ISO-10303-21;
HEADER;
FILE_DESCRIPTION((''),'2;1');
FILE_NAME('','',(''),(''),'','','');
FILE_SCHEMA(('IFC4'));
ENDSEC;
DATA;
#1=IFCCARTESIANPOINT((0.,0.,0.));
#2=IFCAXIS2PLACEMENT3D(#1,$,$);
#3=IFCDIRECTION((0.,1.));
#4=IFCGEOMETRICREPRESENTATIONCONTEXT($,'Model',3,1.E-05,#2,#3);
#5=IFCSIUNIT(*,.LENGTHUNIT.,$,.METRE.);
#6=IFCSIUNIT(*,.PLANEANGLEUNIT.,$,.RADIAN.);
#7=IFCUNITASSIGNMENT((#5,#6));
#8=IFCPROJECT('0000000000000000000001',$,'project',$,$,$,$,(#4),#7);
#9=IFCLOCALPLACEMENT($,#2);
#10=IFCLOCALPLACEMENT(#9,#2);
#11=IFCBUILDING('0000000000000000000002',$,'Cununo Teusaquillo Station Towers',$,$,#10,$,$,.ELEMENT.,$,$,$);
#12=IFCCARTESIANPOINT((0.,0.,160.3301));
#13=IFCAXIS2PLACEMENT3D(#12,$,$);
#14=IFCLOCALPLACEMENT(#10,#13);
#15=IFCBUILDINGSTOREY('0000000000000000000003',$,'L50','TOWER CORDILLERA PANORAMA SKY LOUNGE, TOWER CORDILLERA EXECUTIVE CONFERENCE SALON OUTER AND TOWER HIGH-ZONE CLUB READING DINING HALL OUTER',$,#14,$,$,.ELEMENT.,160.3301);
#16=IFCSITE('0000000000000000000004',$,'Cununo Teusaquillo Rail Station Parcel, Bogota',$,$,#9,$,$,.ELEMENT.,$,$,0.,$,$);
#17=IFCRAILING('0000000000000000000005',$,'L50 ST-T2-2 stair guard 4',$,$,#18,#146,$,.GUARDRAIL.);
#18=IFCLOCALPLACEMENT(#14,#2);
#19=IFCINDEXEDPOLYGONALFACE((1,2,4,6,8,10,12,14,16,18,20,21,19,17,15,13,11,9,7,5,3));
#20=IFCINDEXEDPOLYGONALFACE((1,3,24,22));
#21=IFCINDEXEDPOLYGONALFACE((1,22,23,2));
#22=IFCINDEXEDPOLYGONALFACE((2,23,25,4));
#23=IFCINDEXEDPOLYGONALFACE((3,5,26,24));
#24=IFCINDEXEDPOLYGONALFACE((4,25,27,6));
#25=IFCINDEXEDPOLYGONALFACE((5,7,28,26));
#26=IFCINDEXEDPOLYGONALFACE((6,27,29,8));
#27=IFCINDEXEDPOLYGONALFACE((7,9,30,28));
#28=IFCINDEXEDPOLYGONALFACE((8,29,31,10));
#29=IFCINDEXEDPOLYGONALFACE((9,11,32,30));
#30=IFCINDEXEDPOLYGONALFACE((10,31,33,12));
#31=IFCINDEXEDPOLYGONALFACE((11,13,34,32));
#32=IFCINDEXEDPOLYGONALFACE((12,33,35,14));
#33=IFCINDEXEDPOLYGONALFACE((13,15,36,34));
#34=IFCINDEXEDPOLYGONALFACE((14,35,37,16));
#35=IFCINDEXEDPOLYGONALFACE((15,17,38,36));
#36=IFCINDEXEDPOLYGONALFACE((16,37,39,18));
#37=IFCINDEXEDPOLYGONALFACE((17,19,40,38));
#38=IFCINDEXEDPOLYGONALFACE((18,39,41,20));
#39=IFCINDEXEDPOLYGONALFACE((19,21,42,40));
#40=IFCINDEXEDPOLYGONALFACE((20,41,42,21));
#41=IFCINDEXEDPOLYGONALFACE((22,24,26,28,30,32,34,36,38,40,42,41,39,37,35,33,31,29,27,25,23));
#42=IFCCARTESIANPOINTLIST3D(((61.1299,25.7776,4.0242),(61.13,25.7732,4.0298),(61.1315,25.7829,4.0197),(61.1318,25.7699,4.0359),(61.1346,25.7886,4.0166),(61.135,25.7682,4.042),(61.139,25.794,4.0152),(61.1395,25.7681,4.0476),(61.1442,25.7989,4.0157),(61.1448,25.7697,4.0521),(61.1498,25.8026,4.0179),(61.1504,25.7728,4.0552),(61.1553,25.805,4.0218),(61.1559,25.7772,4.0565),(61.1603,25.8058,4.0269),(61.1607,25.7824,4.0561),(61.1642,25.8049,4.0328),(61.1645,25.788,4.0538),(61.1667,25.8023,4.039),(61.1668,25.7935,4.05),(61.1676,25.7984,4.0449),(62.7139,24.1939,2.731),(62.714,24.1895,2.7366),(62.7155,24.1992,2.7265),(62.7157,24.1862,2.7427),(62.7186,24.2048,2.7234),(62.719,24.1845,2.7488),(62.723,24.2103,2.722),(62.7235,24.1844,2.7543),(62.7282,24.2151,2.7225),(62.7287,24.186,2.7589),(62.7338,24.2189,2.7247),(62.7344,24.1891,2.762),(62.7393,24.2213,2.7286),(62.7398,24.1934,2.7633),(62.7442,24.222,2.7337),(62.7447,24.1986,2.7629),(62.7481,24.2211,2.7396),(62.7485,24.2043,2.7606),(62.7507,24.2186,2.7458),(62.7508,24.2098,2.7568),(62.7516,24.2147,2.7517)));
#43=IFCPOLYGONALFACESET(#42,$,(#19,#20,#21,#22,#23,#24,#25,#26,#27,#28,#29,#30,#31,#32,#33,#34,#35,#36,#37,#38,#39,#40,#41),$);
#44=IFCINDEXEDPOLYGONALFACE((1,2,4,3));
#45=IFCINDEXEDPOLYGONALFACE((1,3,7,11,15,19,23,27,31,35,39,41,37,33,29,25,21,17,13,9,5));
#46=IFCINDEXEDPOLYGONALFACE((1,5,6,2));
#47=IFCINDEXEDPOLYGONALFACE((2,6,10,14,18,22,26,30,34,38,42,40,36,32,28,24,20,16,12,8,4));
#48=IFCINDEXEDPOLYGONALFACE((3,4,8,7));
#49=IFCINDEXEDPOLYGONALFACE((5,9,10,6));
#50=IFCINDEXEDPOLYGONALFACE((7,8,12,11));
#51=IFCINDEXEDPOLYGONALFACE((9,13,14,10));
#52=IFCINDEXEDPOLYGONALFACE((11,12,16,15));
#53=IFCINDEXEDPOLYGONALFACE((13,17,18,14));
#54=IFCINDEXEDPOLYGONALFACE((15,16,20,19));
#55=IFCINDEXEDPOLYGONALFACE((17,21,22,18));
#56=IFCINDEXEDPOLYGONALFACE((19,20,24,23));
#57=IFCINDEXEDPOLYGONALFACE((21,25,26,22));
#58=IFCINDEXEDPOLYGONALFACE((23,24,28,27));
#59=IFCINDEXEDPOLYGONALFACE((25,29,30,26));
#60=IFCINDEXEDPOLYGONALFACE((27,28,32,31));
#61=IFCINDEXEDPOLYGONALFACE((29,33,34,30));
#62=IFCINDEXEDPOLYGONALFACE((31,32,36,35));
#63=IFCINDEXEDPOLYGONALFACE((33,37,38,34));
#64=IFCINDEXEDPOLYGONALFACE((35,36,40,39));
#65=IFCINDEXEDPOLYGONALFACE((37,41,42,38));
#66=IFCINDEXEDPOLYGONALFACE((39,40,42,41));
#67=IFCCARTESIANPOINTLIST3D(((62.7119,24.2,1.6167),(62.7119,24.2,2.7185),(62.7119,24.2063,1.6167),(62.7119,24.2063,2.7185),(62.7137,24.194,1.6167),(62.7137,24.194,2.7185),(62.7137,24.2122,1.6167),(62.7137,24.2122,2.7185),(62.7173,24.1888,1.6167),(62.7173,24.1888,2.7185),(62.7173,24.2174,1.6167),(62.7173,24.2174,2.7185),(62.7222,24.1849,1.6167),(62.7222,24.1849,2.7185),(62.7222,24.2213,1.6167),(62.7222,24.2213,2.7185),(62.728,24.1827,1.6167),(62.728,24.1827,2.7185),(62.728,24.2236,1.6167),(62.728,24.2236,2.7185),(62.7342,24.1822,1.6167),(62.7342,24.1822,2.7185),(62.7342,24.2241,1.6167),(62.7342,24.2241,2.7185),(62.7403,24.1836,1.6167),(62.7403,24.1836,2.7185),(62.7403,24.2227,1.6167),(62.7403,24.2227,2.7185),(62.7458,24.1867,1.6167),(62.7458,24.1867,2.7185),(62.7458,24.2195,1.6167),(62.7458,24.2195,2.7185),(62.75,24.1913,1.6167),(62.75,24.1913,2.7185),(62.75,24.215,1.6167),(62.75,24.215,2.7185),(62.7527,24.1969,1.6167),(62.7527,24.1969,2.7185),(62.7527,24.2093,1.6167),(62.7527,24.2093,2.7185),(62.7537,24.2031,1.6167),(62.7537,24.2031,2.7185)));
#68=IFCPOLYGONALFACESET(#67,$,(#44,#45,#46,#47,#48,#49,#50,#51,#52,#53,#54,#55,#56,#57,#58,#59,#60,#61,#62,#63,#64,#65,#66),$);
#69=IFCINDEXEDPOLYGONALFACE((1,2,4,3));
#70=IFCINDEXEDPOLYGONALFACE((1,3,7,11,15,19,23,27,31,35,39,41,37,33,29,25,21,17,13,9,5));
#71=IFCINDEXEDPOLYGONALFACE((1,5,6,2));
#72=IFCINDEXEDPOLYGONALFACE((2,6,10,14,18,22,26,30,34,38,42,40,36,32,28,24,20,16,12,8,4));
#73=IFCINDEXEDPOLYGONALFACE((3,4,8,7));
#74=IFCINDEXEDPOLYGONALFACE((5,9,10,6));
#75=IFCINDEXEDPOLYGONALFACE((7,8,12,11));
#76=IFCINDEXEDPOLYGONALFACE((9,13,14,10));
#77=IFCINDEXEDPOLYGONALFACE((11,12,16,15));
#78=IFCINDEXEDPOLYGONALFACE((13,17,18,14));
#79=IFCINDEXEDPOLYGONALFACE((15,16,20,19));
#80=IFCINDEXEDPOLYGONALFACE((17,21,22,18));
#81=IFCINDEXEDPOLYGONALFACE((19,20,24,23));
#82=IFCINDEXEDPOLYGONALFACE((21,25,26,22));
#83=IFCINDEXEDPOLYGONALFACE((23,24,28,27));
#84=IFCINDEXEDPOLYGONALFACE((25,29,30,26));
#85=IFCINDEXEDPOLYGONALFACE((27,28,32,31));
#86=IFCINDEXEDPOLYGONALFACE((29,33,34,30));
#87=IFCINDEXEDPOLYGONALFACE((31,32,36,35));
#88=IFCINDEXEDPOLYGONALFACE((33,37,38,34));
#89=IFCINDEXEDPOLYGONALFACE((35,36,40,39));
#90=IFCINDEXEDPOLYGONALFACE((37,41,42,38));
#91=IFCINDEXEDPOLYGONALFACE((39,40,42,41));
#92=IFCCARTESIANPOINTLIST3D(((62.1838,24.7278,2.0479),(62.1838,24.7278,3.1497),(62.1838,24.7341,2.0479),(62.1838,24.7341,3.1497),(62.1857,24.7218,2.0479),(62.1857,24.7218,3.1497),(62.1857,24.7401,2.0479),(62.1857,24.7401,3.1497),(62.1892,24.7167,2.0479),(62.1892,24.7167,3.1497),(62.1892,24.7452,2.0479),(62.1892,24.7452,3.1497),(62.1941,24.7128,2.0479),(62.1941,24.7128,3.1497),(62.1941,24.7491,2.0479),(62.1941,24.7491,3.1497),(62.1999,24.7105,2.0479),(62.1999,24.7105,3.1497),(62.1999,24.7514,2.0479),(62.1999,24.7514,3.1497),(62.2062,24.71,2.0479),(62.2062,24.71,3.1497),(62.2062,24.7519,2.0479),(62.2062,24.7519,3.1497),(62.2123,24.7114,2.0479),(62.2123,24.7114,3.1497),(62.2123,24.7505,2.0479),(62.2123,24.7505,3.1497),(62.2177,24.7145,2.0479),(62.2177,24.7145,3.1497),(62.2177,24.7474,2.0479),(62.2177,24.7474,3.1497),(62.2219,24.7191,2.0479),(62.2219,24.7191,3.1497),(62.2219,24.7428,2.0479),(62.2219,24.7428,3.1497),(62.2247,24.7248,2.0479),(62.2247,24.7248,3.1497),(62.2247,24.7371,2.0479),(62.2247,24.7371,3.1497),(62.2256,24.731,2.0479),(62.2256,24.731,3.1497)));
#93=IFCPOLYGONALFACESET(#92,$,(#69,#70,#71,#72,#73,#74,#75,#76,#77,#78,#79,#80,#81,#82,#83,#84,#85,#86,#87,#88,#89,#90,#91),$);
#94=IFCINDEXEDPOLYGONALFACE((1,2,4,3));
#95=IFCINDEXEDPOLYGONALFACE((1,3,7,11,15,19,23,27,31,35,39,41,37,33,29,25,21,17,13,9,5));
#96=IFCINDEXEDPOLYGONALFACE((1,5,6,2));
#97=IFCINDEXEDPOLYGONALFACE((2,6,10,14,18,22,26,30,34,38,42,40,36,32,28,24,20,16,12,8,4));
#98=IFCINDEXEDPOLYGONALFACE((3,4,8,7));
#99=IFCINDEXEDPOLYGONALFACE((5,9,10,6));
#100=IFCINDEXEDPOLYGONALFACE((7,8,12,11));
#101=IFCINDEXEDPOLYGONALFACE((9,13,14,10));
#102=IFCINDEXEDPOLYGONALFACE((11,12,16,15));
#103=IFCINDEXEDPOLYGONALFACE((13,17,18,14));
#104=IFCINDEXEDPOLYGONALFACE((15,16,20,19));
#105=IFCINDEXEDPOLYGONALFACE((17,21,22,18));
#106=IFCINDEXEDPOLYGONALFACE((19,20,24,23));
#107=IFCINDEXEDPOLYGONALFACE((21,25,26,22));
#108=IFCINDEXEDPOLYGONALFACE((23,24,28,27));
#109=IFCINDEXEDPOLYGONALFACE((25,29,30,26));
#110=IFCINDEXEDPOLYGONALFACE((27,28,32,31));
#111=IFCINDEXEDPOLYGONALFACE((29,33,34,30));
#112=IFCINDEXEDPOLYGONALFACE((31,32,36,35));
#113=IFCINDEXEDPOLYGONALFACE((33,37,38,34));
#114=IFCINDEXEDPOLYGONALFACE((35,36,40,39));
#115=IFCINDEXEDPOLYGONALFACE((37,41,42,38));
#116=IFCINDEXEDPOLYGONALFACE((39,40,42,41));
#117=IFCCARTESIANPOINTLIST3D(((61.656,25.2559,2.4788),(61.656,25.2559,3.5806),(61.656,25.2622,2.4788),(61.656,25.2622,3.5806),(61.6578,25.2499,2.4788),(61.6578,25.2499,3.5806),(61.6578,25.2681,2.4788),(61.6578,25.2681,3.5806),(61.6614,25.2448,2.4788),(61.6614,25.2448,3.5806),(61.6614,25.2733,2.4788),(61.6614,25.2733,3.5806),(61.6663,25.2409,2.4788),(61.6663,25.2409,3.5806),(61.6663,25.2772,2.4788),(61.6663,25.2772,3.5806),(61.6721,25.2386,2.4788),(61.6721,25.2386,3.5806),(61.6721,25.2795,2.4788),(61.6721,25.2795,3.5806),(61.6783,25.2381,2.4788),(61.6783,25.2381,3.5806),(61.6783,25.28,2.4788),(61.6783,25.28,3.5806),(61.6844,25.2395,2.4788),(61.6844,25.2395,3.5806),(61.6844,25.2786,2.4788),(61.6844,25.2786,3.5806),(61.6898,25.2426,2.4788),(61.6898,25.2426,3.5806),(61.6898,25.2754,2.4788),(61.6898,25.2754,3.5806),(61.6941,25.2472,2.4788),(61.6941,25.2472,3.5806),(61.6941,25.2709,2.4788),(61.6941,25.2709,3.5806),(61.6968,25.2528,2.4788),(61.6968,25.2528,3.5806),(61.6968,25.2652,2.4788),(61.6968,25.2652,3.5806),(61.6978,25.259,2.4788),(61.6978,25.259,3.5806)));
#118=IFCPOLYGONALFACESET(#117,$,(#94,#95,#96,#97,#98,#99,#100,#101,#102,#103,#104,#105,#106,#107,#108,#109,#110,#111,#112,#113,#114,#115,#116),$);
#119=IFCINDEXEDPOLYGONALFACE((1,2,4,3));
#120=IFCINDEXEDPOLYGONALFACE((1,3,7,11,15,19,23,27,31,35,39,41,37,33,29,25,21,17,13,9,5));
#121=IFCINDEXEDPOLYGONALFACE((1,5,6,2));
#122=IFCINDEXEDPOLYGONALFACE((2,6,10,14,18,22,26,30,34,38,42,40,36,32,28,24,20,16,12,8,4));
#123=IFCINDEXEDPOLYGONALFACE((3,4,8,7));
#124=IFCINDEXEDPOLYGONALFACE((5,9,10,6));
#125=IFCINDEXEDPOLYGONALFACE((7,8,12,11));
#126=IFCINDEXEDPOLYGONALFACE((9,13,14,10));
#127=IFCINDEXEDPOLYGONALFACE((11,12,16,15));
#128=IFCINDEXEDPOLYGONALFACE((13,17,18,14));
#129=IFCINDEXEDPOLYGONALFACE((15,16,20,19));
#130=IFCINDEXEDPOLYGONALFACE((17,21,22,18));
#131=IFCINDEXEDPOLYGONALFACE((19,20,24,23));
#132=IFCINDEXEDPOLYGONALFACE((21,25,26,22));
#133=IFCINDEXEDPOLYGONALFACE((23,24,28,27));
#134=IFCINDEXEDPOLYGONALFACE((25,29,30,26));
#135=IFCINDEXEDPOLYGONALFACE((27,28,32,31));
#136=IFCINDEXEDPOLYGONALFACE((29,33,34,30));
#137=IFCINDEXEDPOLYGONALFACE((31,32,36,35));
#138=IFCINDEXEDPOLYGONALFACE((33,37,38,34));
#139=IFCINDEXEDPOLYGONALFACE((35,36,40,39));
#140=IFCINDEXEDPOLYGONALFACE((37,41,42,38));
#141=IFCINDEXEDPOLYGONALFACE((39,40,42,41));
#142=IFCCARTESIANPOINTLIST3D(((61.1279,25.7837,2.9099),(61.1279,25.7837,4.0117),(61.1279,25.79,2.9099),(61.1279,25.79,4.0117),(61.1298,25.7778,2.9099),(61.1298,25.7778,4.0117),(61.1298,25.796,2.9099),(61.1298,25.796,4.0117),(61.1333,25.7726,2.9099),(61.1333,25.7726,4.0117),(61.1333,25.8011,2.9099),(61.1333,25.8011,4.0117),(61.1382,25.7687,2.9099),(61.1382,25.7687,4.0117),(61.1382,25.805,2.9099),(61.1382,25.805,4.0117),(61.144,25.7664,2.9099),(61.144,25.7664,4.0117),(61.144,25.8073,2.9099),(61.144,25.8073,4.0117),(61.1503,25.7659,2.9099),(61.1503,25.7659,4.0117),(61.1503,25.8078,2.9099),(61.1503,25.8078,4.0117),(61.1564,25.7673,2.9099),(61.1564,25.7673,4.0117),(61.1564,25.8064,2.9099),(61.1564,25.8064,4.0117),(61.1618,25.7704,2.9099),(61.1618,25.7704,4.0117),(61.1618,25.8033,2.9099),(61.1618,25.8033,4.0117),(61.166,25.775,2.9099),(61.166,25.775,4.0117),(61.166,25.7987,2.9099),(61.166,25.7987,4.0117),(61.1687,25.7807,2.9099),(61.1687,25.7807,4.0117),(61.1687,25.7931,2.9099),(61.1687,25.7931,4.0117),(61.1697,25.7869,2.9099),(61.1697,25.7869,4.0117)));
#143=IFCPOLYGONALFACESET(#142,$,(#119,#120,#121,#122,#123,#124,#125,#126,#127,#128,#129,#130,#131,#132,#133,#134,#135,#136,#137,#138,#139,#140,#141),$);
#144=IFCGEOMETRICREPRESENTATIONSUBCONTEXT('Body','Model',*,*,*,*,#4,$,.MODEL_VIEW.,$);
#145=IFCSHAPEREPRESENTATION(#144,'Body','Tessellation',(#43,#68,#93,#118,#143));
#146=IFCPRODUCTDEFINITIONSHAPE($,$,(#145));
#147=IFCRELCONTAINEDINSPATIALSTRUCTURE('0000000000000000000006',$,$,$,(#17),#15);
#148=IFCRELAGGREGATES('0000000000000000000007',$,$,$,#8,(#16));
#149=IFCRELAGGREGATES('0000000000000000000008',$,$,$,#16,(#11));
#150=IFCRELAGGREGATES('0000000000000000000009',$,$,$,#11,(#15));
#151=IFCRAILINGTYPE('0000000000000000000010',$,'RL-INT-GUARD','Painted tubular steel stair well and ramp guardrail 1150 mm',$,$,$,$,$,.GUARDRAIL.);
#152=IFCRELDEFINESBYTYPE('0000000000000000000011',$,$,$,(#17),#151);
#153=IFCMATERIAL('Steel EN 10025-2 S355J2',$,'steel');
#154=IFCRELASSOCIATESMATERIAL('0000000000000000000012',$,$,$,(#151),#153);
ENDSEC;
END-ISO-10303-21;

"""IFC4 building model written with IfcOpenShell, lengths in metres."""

from ifc_helpers import new_model, si_unit, direction, frame, origin, origin_2d, place, context, subcontext, project, spatial, circle, extrude, material, type_object, element, save


model = new_model("IFC4")

# Units and contexts
model_context = context("Model", 3, precision=1e-05, world=origin(), true_north=direction((0.0, 1.0)))
body_context = subcontext(model_context, "Body", "Model", "MODEL_VIEW")
ifc_project = project(units=[si_unit("LENGTHUNIT", "METRE"), si_unit("PLANEANGLEUNIT", "RADIAN")], contexts=[model_context])

# Site, building, storey
site_placement = place(None, origin())
site = spatial("IfcSite", under=ifc_project, at=site_placement, Name="Cununo Teusaquillo Rail Station Parcel, Bogota", CompositionType="ELEMENT", RefElevation=0.0)
building_placement = place(site_placement, origin())
building = spatial("IfcBuilding", under=site, at=building_placement, Name="Cununo Teusaquillo Station Towers", CompositionType="ELEMENT")
storey_placement = place(building_placement, frame((0.0, 0.0, 160.3301)))
storey = spatial("IfcBuildingStorey", under=building, at=storey_placement, Name="L50", Description="TOWER CORDILLERA PANORAMA SKY LOUNGE, TOWER CORDILLERA EXECUTIVE CONFERENCE SALON OUTER AND TOWER HIGH-ZONE CLUB READING DINING HALL OUTER", CompositionType="ELEMENT", Elevation=160.3301)

# Railing
ifc_material_1 = material(Name="Steel EN 10025-2 S355J2", Category="steel")
railing_type_1 = type_object("IfcRailingType", Name="RL-INT-GUARD", Description="Painted tubular steel stair well and ramp guardrail 1150 mm", PredefinedType="GUARDRAIL", material=ifc_material_1)
railing_1_placement = place(storey_placement, frame((62.7327, 24.2031, 1.6167)))
element("IfcRailing", 1, at=railing_1_placement, inside=storey, type_object=railing_type_1, Name="L50 ST-T2-2 stair guard 4", PredefinedType="GUARDRAIL", context=body_context, shape_type="SweptSolid", body=[
    extrude(circle(Radius=0.0239, at=origin_2d()), frame((0.0, 0.0, 1.126), z_axis=(-0.61242, 0.612326, 0.499998), x_axis=(-0.707052, -0.707161, 0.0)), (0.0, 0.0, 1.0), 2.5864),
    extrude(circle(Radius=0.021, at=origin_2d()), origin(), (0.0, 0.0, 1.0), 1.1018),
    extrude(circle(Radius=0.021, at=origin_2d()), frame((-0.5281, 0.5278, 0.4312)), (0.0, 0.0, 1.0), 1.1018),
    extrude(circle(Radius=0.021, at=origin_2d()), frame((-1.0559, 1.0559, 0.8621)), (0.0, 0.0, 1.0), 1.1018),
    extrude(circle(Radius=0.021, at=origin_2d()), frame((-1.584, 1.5837, 1.2932)), (0.0, 0.0, 1.0), 1.1018),
])

save(model, "model.ifc")
